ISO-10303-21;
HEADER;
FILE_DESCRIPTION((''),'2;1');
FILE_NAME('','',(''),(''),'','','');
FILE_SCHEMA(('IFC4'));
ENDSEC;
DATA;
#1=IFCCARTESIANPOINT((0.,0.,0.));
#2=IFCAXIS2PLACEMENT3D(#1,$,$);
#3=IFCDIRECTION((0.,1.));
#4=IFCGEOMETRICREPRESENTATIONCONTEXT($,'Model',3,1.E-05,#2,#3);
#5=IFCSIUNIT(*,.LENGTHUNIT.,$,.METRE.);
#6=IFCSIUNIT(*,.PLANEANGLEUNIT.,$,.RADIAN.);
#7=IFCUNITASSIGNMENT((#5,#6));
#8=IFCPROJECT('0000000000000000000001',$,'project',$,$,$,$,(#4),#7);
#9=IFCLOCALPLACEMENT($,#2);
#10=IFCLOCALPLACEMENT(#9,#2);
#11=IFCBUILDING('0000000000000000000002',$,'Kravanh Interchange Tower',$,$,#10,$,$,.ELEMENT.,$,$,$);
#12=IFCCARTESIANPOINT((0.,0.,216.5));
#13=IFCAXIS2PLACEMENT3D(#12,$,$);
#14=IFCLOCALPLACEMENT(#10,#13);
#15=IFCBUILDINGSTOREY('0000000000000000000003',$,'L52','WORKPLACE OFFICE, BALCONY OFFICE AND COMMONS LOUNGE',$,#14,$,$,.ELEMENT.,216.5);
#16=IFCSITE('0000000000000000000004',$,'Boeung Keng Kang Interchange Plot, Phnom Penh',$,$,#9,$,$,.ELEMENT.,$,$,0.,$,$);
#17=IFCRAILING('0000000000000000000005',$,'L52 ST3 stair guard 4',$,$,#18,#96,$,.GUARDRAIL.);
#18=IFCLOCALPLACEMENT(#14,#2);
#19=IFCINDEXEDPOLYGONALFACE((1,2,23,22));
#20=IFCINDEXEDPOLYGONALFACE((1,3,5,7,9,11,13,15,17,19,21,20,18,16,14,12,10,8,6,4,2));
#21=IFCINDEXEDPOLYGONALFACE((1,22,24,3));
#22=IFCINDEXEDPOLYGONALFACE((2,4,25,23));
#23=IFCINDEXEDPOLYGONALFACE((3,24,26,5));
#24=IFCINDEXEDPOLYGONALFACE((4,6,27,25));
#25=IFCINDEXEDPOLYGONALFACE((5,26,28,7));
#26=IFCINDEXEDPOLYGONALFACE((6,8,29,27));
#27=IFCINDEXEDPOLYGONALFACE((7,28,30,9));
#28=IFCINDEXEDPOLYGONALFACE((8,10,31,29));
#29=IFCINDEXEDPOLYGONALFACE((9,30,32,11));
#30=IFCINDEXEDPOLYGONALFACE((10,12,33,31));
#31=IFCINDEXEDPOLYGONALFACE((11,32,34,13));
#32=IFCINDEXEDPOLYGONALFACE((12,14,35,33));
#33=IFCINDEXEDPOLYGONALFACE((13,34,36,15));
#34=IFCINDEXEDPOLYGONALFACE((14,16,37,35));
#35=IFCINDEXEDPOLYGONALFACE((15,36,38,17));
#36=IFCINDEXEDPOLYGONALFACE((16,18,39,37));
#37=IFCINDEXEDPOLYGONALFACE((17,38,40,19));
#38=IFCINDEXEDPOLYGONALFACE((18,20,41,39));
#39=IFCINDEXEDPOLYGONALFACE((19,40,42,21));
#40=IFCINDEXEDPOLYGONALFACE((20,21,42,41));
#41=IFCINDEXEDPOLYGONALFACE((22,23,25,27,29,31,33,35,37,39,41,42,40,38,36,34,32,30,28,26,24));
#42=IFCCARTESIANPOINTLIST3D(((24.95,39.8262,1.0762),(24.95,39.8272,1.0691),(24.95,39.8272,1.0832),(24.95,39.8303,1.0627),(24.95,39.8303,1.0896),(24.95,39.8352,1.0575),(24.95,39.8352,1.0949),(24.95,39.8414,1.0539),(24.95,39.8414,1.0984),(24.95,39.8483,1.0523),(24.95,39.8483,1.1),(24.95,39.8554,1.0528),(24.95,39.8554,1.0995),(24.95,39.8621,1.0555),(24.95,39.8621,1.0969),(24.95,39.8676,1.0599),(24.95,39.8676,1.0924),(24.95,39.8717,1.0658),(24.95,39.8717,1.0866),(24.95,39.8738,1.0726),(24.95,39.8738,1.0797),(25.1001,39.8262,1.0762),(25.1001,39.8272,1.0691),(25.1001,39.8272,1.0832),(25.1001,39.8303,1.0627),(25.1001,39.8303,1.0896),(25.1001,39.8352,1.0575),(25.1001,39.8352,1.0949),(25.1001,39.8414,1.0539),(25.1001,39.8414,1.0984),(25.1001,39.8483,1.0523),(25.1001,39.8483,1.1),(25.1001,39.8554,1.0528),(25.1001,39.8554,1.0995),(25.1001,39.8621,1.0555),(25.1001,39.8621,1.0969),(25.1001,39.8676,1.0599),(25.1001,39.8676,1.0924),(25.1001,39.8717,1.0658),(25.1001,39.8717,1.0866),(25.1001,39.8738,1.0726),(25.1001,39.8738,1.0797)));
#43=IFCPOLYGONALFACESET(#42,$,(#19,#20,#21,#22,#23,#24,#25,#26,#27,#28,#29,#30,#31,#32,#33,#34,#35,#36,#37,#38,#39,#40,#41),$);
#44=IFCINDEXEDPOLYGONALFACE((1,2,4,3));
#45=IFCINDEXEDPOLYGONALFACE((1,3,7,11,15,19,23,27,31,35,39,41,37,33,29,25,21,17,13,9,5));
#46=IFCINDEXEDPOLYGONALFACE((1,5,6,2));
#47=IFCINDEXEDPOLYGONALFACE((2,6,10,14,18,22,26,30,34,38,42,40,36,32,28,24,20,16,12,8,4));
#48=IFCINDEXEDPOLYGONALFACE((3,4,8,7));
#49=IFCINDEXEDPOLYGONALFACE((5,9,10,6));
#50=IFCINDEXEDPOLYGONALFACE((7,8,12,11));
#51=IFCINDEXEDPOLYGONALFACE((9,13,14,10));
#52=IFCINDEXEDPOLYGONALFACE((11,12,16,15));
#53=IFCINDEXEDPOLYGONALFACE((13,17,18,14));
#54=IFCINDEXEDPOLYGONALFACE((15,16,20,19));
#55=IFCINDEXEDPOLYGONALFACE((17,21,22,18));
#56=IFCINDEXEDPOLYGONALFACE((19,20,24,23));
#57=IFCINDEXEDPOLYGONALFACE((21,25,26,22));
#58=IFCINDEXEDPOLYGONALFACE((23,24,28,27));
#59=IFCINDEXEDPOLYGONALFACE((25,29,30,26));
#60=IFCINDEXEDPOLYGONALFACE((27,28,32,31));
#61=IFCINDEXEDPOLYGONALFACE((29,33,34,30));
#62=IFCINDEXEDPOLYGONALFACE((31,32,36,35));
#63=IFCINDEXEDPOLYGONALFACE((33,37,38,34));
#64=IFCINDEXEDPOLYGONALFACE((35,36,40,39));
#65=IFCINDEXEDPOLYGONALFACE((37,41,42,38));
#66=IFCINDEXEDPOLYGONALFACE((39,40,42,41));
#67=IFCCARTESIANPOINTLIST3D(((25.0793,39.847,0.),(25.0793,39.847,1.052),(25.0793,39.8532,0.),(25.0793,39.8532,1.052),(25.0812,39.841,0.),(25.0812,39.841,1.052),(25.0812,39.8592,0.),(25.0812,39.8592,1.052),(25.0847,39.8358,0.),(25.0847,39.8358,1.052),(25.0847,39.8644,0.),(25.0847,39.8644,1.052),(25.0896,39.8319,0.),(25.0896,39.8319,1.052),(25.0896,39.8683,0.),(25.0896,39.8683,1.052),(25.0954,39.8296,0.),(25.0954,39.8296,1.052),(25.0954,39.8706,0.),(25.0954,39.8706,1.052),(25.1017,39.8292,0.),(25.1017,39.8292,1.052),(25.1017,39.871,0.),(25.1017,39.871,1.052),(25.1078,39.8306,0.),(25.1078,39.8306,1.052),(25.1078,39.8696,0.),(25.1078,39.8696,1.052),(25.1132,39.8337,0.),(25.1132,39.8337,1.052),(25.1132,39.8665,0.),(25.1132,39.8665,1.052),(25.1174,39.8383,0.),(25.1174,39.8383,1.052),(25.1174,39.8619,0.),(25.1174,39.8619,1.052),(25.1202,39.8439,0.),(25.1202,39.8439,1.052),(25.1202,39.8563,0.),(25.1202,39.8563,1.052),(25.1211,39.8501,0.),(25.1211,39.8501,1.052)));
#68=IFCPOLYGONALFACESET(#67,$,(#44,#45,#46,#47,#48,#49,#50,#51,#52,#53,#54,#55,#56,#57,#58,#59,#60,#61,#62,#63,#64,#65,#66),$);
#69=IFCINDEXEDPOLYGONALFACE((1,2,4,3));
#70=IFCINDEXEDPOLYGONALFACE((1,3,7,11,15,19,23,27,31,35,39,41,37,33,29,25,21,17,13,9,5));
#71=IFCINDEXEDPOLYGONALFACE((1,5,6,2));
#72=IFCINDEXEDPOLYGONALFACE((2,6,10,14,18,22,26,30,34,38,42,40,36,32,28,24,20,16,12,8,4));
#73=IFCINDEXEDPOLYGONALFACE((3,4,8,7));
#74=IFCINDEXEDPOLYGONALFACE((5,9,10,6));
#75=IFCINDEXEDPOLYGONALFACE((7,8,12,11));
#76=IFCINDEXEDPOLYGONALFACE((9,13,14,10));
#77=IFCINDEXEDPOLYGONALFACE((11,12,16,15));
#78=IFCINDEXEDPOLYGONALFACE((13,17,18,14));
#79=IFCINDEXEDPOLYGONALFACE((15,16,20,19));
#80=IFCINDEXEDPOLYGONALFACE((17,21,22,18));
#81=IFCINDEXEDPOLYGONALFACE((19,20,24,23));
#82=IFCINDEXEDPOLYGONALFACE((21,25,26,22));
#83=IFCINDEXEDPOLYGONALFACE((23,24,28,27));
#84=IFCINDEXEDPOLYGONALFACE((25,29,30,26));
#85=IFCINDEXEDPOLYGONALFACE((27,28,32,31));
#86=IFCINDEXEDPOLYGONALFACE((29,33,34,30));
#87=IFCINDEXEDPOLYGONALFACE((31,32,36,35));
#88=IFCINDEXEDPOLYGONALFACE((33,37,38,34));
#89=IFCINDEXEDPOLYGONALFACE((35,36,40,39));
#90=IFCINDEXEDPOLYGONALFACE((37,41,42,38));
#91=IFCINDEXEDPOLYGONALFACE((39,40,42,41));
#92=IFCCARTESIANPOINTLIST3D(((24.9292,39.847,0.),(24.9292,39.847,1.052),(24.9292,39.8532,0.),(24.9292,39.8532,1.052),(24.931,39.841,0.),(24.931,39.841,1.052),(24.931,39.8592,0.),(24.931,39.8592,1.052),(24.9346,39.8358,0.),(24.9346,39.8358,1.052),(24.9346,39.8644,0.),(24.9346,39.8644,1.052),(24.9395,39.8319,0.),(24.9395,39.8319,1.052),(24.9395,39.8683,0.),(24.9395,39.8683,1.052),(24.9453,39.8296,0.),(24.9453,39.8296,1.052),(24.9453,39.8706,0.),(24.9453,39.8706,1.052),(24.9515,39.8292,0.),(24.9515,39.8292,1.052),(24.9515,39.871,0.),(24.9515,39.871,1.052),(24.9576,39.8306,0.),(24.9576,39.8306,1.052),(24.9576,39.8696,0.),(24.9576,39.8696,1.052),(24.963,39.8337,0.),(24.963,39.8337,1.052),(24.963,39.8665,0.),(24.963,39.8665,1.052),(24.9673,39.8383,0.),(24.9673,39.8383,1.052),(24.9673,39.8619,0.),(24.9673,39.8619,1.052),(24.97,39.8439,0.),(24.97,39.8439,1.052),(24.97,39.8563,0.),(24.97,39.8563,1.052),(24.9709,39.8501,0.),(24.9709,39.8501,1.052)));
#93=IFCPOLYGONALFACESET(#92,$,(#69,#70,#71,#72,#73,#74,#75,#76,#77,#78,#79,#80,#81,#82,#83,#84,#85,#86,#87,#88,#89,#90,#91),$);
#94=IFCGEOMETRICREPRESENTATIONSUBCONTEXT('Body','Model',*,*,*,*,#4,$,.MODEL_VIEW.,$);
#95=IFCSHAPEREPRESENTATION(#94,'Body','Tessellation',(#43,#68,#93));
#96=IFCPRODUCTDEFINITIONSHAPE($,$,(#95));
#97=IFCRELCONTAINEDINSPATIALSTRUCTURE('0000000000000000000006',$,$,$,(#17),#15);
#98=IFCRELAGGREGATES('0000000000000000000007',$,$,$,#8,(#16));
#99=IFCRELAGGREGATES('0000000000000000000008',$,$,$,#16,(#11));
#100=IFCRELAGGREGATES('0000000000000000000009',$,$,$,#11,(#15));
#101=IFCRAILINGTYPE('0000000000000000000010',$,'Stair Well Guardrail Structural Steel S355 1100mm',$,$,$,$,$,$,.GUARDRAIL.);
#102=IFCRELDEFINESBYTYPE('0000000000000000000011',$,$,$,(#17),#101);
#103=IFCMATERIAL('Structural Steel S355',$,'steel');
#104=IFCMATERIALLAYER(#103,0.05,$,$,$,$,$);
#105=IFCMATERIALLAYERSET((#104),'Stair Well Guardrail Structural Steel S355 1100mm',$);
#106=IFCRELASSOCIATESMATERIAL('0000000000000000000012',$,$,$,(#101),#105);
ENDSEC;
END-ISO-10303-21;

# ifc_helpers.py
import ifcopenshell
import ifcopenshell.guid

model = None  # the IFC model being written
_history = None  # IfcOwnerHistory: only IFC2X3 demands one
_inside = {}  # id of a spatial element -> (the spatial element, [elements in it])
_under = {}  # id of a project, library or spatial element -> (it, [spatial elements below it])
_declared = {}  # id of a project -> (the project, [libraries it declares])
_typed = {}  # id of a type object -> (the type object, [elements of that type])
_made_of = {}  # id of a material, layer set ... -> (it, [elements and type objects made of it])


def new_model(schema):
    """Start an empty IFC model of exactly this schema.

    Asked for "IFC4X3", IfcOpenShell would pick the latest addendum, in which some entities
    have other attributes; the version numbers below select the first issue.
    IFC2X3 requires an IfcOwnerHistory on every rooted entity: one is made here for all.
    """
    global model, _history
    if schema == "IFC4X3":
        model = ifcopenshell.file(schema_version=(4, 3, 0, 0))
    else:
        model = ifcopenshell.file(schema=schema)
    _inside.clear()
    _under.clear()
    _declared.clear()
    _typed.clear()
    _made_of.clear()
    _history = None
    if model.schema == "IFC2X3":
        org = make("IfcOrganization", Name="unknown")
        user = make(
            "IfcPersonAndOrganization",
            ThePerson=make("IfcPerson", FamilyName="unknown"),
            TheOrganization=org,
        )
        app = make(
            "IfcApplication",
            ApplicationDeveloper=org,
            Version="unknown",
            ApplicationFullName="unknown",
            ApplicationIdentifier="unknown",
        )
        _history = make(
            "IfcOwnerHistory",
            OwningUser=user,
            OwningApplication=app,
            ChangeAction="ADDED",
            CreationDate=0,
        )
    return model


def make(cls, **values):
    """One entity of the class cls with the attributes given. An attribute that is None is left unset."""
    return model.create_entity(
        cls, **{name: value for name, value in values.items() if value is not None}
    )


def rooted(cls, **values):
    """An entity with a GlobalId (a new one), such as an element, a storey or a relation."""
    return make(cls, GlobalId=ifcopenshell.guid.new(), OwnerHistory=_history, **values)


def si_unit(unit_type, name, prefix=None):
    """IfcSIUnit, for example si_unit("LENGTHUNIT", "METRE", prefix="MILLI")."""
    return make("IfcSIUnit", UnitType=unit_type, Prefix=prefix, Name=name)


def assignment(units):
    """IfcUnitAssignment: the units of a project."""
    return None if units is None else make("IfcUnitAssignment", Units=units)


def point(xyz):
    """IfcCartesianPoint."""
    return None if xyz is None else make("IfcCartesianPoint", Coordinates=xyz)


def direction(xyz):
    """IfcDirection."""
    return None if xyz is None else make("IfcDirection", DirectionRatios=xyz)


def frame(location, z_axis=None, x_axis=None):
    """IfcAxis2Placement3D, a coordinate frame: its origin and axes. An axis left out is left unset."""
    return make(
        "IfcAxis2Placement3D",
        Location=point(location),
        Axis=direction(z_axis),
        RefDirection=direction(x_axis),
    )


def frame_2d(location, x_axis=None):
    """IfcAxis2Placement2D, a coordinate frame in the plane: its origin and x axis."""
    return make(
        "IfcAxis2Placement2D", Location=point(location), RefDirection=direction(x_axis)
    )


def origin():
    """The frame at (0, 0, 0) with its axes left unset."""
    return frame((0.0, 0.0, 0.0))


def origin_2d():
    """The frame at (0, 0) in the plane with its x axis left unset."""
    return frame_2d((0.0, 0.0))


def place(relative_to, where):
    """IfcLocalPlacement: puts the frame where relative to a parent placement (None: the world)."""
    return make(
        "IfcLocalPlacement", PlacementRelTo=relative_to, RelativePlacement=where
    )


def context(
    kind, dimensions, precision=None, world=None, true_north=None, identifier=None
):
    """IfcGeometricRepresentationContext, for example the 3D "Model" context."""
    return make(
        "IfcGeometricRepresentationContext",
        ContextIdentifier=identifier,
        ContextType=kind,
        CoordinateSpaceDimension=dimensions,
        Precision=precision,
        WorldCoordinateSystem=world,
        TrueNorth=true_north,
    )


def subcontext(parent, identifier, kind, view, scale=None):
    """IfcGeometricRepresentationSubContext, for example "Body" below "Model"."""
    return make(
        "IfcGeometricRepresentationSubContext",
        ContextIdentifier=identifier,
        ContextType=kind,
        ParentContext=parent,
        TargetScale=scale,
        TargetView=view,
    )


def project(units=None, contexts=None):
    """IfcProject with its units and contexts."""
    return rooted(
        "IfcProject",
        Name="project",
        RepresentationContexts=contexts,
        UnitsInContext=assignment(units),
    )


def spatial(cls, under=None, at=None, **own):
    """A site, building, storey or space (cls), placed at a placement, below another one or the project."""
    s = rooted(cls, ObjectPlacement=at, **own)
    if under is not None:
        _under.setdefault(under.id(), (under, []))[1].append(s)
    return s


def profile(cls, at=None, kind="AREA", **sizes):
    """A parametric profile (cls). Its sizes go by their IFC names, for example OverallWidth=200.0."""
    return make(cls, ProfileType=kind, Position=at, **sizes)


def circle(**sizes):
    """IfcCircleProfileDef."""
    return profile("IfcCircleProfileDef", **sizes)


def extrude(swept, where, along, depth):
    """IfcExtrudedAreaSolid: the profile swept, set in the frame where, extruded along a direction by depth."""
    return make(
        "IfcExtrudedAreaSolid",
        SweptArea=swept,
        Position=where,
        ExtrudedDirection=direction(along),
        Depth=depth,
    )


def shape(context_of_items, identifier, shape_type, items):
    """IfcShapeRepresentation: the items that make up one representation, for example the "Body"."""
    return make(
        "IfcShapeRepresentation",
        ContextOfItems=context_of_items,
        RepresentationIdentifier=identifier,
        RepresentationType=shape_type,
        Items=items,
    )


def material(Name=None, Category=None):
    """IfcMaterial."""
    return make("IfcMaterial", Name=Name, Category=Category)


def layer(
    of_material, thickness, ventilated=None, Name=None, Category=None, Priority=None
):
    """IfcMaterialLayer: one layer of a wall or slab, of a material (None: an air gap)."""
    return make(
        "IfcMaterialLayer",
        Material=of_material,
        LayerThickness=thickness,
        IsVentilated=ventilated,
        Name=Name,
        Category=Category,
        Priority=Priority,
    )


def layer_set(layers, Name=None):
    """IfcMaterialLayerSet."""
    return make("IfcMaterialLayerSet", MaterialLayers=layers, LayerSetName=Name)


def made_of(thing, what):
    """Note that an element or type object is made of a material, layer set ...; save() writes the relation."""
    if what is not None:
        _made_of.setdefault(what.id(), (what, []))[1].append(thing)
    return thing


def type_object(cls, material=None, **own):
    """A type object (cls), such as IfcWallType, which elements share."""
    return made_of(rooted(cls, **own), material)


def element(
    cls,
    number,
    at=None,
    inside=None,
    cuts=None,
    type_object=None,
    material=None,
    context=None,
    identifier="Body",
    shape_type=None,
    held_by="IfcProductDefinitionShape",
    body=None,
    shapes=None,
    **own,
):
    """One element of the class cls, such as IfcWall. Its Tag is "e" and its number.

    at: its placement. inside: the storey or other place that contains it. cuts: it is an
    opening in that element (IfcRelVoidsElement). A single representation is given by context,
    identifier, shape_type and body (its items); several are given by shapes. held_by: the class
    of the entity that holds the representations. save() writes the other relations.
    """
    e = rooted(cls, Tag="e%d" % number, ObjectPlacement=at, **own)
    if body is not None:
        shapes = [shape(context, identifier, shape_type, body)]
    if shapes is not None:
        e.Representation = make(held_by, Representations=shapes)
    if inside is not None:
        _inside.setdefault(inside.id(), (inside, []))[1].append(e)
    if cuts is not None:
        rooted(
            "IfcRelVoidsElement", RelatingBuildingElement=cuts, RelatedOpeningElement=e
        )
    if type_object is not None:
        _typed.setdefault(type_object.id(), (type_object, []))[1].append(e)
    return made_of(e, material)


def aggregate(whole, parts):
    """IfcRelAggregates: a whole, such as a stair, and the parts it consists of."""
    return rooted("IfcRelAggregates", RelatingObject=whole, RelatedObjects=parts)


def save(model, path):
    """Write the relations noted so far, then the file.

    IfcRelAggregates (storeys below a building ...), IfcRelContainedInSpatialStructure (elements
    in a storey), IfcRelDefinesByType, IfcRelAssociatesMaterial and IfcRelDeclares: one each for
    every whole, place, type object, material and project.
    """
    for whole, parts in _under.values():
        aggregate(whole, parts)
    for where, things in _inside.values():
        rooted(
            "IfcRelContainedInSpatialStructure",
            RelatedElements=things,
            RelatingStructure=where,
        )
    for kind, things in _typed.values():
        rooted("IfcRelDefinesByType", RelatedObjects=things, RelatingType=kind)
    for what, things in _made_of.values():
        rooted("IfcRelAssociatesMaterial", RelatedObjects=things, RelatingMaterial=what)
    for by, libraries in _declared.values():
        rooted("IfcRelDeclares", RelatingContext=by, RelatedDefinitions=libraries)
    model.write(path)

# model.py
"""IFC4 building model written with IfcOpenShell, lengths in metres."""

from ifc_helpers import new_model, si_unit, direction, frame, origin, origin_2d, place, context, subcontext, project, spatial, circle, extrude, material, layer, layer_set, type_object, element, save


model = new_model("IFC4")

# Units and contexts
model_context = context("Model", 3, precision=1e-05, world=origin(), true_north=direction((0.0, 1.0)))
body_context = subcontext(model_context, "Body", "Model", "MODEL_VIEW")
ifc_project = project(units=[si_unit("LENGTHUNIT", "METRE"), si_unit("PLANEANGLEUNIT", "RADIAN")], contexts=[model_context])

# Site, building, storey
site_placement = place(None, origin())
site = spatial("IfcSite", under=ifc_project, at=site_placement, Name="Boeung Keng Kang Interchange Plot, Phnom Penh", CompositionType="ELEMENT", RefElevation=0.0)
building_placement = place(site_placement, origin())
building = spatial("IfcBuilding", under=site, at=building_placement, Name="Kravanh Interchange Tower", CompositionType="ELEMENT")
storey_placement = place(building_placement, frame((0.0, 0.0, 216.5)))
storey = spatial("IfcBuildingStorey", under=building, at=storey_placement, Name="L52", Description="WORKPLACE OFFICE, BALCONY OFFICE AND COMMONS LOUNGE", CompositionType="ELEMENT", Elevation=216.5)

# Railing
ifc_material_1 = material(Name="Structural Steel S355", Category="steel")
ifc_layer_1 = layer(ifc_material_1, 0.05)
ifc_layer_set_1 = layer_set([ifc_layer_1], Name="Stair Well Guardrail Structural Steel S355 1100mm")
railing_type_1 = type_object("IfcRailingType", Name="Stair Well Guardrail Structural Steel S355 1100mm", PredefinedType="GUARDRAIL", material=ifc_layer_set_1)
railing_1_placement = place(storey_placement, frame((25.1001, 39.8501, 0.0)))
element("IfcRailing", 1, at=railing_1_placement, inside=storey, type_object=railing_type_1, Name="L52 ST3 stair guard 4", PredefinedType="GUARDRAIL", context=body_context, shape_type="SweptSolid", body=[
    extrude(circle(Radius=0.0239, at=origin_2d()), frame((0.0, 0.0, 1.0762), z_axis=(-1.0, 0.0, 0.0), x_axis=(0.0, -1.0, 0.0)), (0.0, 0.0, 1.0), 0.1501),
    extrude(circle(Radius=0.021, at=origin_2d()), origin(), (0.0, 0.0, 1.0), 1.052),
    extrude(circle(Radius=0.021, at=origin_2d()), frame((-0.1501, 0.0, 0.0)), (0.0, 0.0, 1.0), 1.052),
])

save(model, "model.ifc")
